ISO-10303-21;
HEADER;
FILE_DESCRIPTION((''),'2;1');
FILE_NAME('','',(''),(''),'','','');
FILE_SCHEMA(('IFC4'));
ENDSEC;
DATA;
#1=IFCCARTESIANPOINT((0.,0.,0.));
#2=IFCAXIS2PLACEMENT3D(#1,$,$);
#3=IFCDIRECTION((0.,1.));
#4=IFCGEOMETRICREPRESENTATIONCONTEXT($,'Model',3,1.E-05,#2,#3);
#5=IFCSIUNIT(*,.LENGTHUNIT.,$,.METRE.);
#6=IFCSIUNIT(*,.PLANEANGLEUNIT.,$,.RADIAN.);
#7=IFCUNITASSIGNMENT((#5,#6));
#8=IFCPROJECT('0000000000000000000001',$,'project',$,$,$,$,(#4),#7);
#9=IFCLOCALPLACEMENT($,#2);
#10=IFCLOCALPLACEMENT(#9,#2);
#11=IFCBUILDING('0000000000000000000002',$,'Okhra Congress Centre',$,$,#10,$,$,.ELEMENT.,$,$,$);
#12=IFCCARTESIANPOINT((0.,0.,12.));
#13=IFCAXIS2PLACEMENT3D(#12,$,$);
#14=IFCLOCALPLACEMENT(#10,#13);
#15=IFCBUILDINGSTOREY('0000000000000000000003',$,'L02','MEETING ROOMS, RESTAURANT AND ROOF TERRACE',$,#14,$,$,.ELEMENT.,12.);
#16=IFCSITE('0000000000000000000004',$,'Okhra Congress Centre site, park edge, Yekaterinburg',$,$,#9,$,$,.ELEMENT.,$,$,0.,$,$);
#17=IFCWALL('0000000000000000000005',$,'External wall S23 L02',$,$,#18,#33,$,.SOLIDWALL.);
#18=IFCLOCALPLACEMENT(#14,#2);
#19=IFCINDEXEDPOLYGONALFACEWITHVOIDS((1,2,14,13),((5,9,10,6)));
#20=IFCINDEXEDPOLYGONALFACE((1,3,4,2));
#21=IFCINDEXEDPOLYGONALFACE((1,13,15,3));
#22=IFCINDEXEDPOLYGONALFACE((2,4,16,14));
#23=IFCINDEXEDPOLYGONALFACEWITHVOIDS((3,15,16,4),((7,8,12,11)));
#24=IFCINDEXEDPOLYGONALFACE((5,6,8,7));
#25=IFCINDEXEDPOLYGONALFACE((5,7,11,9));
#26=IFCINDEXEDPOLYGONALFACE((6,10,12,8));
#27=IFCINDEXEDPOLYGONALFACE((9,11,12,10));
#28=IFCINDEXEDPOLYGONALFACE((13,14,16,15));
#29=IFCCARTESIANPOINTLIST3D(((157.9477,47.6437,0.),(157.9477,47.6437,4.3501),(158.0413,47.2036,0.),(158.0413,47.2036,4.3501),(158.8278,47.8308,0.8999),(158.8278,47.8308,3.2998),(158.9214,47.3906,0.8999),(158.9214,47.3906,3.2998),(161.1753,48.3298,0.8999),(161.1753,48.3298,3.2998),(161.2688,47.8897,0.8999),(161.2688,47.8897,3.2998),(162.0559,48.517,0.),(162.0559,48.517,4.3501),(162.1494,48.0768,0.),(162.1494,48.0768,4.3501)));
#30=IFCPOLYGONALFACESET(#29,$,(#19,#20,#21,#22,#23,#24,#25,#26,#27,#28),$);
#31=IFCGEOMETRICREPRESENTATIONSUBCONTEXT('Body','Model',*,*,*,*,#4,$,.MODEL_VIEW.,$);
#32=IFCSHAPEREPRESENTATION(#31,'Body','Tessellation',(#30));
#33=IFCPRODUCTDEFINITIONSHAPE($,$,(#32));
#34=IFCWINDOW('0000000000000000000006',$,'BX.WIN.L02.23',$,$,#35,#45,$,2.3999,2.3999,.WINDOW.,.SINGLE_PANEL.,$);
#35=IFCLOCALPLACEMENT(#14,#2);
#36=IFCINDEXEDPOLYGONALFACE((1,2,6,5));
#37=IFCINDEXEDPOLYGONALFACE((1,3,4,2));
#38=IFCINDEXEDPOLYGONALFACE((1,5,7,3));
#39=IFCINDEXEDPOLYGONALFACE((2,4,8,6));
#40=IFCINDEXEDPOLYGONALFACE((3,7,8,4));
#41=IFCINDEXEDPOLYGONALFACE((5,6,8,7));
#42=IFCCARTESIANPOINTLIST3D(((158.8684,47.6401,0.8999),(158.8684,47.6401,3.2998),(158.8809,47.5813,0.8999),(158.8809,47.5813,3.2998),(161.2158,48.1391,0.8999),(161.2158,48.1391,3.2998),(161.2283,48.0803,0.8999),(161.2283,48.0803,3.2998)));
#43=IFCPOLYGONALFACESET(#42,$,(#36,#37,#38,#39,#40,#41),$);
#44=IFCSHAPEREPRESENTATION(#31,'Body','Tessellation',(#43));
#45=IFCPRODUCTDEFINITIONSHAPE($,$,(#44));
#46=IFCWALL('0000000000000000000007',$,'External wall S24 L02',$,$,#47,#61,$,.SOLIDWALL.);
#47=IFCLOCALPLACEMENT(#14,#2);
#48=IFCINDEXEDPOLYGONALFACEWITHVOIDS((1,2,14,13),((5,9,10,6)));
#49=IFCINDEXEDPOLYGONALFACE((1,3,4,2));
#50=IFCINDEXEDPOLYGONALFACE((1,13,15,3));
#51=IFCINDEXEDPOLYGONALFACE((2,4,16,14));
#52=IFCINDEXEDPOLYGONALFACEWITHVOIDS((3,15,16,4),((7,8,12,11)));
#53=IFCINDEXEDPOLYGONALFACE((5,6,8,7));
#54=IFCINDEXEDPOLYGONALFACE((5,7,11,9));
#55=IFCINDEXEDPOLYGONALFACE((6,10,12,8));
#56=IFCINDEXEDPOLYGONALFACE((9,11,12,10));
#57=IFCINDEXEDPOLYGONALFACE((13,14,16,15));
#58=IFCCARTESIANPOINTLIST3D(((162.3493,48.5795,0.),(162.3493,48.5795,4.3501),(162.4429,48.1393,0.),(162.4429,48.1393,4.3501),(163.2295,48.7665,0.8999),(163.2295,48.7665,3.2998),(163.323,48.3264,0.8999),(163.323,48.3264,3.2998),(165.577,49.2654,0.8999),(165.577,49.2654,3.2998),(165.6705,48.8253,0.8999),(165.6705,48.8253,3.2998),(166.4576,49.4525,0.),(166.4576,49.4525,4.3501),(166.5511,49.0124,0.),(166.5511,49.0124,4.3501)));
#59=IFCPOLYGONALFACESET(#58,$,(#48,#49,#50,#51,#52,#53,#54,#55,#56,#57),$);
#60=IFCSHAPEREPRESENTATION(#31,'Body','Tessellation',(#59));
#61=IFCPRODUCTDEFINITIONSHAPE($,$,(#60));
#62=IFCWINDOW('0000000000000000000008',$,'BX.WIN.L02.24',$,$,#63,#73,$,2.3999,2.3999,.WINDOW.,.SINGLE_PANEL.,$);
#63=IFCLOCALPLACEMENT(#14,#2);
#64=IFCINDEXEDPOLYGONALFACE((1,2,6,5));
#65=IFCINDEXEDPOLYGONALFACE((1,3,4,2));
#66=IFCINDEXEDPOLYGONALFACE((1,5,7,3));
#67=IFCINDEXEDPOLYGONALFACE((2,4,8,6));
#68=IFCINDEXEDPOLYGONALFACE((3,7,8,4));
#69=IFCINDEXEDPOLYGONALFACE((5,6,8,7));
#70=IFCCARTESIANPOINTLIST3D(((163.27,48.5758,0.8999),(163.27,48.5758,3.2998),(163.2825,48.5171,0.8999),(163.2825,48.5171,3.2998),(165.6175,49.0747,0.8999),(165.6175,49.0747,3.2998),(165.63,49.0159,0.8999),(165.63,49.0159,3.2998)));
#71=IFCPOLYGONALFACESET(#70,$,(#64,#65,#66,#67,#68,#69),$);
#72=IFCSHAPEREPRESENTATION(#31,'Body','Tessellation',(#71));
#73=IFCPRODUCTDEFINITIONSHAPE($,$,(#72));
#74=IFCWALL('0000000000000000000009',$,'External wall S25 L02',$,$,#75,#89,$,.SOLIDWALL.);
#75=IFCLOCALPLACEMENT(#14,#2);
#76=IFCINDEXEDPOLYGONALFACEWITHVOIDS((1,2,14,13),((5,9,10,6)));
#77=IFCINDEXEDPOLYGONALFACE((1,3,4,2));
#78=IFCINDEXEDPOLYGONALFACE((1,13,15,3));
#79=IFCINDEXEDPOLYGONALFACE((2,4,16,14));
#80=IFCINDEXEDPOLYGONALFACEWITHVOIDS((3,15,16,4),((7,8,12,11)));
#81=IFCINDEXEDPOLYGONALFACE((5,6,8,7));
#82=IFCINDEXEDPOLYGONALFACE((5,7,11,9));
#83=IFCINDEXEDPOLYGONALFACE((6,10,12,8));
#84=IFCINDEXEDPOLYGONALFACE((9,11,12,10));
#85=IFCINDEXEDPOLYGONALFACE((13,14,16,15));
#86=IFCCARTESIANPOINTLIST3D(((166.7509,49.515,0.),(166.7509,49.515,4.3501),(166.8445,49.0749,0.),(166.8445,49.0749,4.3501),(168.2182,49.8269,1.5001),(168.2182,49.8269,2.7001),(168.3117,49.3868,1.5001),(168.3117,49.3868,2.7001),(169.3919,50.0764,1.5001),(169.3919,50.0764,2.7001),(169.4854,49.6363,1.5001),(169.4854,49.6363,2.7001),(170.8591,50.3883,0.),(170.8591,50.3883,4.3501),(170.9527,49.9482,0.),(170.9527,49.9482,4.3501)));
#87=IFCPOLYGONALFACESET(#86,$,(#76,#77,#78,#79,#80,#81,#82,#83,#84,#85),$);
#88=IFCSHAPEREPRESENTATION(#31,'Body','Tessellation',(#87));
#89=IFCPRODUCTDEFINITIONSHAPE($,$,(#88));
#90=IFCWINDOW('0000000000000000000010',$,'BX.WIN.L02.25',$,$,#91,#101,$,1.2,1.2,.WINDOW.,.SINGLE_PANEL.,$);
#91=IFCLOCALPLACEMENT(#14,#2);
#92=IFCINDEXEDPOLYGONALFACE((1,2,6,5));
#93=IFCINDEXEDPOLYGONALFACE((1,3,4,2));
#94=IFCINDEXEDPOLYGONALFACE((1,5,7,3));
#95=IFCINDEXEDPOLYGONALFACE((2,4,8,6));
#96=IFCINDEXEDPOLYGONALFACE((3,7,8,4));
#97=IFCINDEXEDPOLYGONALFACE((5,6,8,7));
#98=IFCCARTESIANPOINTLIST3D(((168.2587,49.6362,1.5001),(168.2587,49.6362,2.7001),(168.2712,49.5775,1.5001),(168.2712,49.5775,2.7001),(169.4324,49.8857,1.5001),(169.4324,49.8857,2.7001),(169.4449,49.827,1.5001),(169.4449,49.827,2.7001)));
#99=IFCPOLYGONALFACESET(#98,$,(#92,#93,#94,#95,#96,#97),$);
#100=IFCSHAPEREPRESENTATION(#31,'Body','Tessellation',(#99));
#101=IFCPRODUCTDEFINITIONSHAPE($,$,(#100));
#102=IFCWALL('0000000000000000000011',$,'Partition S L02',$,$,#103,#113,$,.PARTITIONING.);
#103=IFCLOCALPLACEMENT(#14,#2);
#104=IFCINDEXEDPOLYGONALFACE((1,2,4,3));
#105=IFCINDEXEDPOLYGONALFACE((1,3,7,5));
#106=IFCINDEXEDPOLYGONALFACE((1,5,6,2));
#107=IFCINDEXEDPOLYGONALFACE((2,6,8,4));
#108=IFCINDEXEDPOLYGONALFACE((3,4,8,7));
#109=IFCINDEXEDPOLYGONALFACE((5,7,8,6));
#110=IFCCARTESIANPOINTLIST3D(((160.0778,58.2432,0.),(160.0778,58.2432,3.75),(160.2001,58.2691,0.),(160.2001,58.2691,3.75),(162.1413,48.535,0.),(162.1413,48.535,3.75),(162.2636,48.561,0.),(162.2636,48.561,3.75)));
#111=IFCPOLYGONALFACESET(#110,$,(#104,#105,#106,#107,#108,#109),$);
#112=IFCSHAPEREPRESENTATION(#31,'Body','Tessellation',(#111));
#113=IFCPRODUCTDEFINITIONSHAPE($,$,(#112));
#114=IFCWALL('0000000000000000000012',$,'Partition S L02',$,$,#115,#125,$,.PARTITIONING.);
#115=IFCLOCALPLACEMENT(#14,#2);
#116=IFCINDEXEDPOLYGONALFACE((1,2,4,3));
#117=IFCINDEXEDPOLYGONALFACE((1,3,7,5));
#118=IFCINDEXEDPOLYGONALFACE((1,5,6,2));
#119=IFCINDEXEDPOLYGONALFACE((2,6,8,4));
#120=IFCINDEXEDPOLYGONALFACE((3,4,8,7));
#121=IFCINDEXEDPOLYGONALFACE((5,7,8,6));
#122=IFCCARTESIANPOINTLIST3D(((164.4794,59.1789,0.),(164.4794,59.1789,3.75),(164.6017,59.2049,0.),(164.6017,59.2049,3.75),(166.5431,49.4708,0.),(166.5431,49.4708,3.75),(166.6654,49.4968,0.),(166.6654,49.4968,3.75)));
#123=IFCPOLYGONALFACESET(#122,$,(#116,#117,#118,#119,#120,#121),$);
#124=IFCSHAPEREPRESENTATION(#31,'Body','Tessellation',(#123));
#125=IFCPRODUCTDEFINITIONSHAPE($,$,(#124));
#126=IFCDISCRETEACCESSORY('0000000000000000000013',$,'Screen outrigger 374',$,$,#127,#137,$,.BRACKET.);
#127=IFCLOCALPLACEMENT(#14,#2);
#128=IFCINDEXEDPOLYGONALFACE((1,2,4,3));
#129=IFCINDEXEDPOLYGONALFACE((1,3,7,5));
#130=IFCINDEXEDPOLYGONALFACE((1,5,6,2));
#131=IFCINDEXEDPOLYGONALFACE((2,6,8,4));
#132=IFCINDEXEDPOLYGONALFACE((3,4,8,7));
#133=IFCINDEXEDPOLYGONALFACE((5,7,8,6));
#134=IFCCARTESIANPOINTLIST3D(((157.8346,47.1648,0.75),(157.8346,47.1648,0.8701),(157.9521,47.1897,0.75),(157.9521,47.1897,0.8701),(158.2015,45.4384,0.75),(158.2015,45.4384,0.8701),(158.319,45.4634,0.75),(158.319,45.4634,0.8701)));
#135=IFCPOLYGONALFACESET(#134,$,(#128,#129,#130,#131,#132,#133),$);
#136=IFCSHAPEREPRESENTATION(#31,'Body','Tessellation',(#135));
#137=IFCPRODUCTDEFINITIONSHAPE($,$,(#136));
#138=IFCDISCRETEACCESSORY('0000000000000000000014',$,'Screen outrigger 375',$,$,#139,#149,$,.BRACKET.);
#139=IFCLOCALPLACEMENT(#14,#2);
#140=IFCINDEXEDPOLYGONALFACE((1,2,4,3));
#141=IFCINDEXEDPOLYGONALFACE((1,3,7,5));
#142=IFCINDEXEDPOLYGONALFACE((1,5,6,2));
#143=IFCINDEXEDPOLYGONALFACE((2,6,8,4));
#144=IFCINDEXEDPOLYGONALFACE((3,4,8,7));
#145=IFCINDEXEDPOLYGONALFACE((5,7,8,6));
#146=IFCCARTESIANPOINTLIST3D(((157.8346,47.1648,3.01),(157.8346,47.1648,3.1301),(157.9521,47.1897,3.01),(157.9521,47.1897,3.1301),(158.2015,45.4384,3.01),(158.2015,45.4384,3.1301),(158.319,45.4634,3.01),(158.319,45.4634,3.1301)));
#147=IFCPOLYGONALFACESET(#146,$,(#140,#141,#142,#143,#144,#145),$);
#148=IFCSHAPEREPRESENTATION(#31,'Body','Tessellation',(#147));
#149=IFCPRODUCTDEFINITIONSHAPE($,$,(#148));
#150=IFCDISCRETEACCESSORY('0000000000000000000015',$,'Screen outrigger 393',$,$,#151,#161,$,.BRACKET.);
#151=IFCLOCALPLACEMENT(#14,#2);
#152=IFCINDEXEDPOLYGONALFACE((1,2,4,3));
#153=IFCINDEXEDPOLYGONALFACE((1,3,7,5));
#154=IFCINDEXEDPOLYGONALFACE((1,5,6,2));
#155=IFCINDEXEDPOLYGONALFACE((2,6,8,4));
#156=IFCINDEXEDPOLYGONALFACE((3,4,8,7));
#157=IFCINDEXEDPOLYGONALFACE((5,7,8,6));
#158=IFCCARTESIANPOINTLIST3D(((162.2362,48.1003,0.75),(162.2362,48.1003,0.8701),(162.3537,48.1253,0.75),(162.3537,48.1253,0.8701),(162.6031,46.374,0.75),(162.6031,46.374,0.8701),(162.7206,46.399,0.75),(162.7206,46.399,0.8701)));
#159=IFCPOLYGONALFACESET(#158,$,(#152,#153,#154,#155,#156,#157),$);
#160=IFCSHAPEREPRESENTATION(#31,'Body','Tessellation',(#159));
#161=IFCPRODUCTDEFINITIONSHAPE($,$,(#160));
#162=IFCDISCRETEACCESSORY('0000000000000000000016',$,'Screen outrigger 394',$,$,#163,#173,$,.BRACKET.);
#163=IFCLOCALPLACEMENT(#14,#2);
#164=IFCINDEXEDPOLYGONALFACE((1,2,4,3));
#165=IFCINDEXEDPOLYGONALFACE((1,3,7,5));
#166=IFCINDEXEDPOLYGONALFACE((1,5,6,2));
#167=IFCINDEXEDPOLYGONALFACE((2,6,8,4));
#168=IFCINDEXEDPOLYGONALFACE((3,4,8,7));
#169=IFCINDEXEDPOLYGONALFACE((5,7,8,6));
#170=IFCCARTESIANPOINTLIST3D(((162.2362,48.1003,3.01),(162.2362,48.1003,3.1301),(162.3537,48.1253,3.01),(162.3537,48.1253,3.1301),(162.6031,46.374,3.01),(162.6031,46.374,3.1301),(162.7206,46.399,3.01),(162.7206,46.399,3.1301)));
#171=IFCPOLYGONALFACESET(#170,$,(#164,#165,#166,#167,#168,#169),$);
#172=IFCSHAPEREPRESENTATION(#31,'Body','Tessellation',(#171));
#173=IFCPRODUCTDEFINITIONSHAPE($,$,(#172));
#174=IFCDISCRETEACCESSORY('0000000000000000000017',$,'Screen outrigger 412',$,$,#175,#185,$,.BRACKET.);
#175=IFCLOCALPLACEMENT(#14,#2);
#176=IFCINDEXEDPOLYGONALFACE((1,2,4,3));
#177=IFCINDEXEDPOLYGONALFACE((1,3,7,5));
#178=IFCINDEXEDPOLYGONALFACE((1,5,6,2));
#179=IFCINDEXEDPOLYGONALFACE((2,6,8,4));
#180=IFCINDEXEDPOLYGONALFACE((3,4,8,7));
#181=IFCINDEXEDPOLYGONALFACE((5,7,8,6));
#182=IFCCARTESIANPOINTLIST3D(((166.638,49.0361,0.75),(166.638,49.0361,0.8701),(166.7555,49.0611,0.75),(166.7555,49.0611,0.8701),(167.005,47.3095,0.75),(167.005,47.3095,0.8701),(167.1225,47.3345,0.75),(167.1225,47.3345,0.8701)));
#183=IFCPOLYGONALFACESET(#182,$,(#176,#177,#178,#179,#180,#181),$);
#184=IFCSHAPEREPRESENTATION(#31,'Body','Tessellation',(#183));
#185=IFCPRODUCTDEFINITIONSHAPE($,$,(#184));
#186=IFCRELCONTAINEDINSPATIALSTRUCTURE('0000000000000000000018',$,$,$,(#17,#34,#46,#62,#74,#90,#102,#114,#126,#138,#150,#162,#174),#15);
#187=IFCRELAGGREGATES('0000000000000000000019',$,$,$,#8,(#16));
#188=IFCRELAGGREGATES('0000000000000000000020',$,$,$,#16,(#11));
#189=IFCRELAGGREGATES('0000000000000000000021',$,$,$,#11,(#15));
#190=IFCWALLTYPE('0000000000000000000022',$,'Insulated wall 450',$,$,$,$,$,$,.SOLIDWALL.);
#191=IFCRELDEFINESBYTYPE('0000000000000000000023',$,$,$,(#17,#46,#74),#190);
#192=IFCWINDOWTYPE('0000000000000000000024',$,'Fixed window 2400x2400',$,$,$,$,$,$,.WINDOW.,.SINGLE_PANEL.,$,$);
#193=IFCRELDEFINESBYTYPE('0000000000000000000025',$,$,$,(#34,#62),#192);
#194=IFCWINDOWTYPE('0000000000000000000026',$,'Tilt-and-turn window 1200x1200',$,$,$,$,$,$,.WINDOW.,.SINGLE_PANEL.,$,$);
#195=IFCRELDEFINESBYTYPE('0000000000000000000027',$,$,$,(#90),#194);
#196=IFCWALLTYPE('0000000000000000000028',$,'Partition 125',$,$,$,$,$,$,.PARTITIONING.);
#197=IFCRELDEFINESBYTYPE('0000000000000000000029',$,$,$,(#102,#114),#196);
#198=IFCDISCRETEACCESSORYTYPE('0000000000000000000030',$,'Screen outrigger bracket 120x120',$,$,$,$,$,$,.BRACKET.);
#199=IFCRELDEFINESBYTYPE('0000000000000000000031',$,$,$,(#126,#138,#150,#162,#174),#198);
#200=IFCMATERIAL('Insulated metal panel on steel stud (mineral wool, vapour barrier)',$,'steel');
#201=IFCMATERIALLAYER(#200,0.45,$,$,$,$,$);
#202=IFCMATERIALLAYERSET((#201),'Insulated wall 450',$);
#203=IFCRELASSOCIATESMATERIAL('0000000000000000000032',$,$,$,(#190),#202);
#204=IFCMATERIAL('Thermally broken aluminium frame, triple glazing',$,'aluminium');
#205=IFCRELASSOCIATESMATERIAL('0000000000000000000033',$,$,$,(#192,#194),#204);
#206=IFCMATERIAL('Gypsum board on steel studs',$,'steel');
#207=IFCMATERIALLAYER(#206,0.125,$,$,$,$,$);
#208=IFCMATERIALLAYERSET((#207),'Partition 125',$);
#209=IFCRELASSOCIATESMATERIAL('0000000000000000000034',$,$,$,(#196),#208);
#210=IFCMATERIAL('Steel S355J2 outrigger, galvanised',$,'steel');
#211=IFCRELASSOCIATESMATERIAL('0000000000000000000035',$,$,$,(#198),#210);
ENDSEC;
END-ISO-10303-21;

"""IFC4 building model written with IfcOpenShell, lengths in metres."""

from ifc_helpers import new_model, si_unit, direction, frame, frame_2d, origin, origin_2d, place, context, subcontext, project, spatial, rectangle, extrude, material, layer, layer_set, material_profile, profile_set, type_object, element, fill, save


model = new_model("IFC4")

# Units and contexts
model_context = context("Model", 3, precision=1e-05, world=origin(), true_north=direction((0.0, 1.0)))
body_context = subcontext(model_context, "Body", "Model", "MODEL_VIEW")
ifc_project = project(units=[si_unit("LENGTHUNIT", "METRE"), si_unit("PLANEANGLEUNIT", "RADIAN")], contexts=[model_context])

# Site, building, storey
site_placement = place(None, origin())
site = spatial("IfcSite", under=ifc_project, at=site_placement, Name="Okhra Congress Centre site, park edge, Yekaterinburg", CompositionType="ELEMENT", RefElevation=0.0)
building_placement = place(site_placement, origin())
building = spatial("IfcBuilding", under=site, at=building_placement, Name="Okhra Congress Centre", CompositionType="ELEMENT")
storey_placement = place(building_placement, frame((0.0, 0.0, 12.0)))
storey = spatial("IfcBuildingStorey", under=building, at=storey_placement, Name="L02", Description="MEETING ROOMS, RESTAURANT AND ROOF TERRACE", CompositionType="ELEMENT", Elevation=12.0)

# Walls, openings, windows
ifc_material_1 = material(Name="Insulated metal panel on steel stud (mineral wool, vapour barrier)", Category="steel")
ifc_layer_1 = layer(ifc_material_1, 0.45)
ifc_layer_set_1 = layer_set([ifc_layer_1], Name="Insulated wall 450")
wall_type_1 = type_object("IfcWallType", Name="Insulated wall 450", PredefinedType="SOLIDWALL", material=ifc_layer_set_1)
ifc_material_2 = material(Name="Thermally broken aluminium frame, triple glazing", Category="aluminium")
window_type_1 = type_object("IfcWindowType", Name="Fixed window 2400x2400", PartitioningType="SINGLE_PANEL", PredefinedType="WINDOW", material=ifc_material_2)
wall_1_placement = place(storey_placement, frame((157.9944, 47.4236, 0.0), z_axis=(0.0, 0.0, 1.0), x_axis=(0.978144, 0.207929, 0.0)))
wall_1 = element("IfcWall", 1, at=wall_1_placement, inside=storey, type_object=wall_type_1, Name="External wall S23 L02", PredefinedType="SOLIDWALL", context=body_context, shape_type="SweptSolid", body=[
    extrude(rectangle(XDim=4.2, YDim=0.45, at=frame_2d((2.1001, 0.0))), origin(), (0.0, 0.0, 1.0), 4.3501),
])
opening_1_placement = place(wall_1_placement, frame((0.8999, 0.0, 0.8999)))
opening_1 = element("IfcOpeningElement", 2, at=opening_1_placement, cuts=wall_1, PredefinedType="OPENING", context=body_context, shape_type="SweptSolid", body=[
    extrude(rectangle(XDim=2.3999, YDim=2.3999, at=frame_2d((1.2, 1.2))), frame((0.0, 0.2349, 0.0), z_axis=(0.0, -1.0, 0.0), x_axis=(1.0, 0.0, 0.0)), (0.0, 0.0, 1.0), 0.47),
])
window_1_placement = place(opening_1_placement, origin())
window_1 = element("IfcWindow", 3, at=window_1_placement, inside=storey, type_object=window_type_1, Name="BX.WIN.L02.23", OverallHeight=2.3999, OverallWidth=2.3999, PartitioningType="SINGLE_PANEL", PredefinedType="WINDOW", context=body_context, shape_type="SweptSolid", body=[
    extrude(rectangle(XDim=2.3999, YDim=2.3999, at=frame_2d((1.2, 1.2))), frame((0.0, 0.03, 0.0), z_axis=(0.0, -1.0, 0.0), x_axis=(1.0, 0.0, 0.0)), (0.0, 0.0, 1.0), 0.0601),
])
fill(opening_1, window_1)
wall_2_placement = place(storey_placement, frame((162.396, 48.3594, 0.0), z_axis=(0.0, 0.0, 1.0), x_axis=(0.978156, 0.207873, 0.0)))
wall_2 = element("IfcWall", 4, at=wall_2_placement, inside=storey, type_object=wall_type_1, Name="External wall S24 L02", PredefinedType="SOLIDWALL", context=body_context, shape_type="SweptSolid", body=[
    extrude(rectangle(XDim=4.2, YDim=0.45, at=frame_2d((2.1001, 0.0))), origin(), (0.0, 0.0, 1.0), 4.3501),
])
opening_2_placement = place(wall_2_placement, frame((0.8999, 0.0, 0.8999)))
opening_2 = element("IfcOpeningElement", 5, at=opening_2_placement, cuts=wall_2, PredefinedType="OPENING", context=body_context, shape_type="SweptSolid", body=[
    extrude(rectangle(XDim=2.3999, YDim=2.3999, at=frame_2d((1.2, 1.2))), frame((0.0, 0.2349, 0.0), z_axis=(0.0, -1.0, 0.0), x_axis=(1.0, 0.0, 0.0)), (0.0, 0.0, 1.0), 0.47),
])
window_2_placement = place(opening_2_placement, origin())
window_2 = element("IfcWindow", 6, at=window_2_placement, inside=storey, type_object=window_type_1, Name="BX.WIN.L02.24", OverallHeight=2.3999, OverallWidth=2.3999, PartitioningType="SINGLE_PANEL", PredefinedType="WINDOW", context=body_context, shape_type="SweptSolid", body=[
    extrude(rectangle(XDim=2.3999, YDim=2.3999, at=frame_2d((1.2, 1.2))), frame((0.0, 0.03, 0.0), z_axis=(0.0, -1.0, 0.0), x_axis=(1.0, 0.0, 0.0)), (0.0, 0.0, 1.0), 0.0601),
])
fill(opening_2, window_2)
wall_3_placement = place(storey_placement, frame((166.7976, 49.2949, 0.0), z_axis=(0.0, 0.0, 1.0), x_axis=(0.978144, 0.207929, 0.0)))
wall_3 = element("IfcWall", 7, at=wall_3_placement, inside=storey, type_object=wall_type_1, Name="External wall S25 L02", PredefinedType="SOLIDWALL", context=body_context, shape_type="SweptSolid", body=[
    extrude(rectangle(XDim=4.2, YDim=0.45, at=frame_2d((2.1001, 0.0))), origin(), (0.0, 0.0, 1.0), 4.3501),
])
opening_3_placement = place(wall_3_placement, frame((1.5, 0.0, 1.5)))
opening_3 = element("IfcOpeningElement", 8, at=opening_3_placement, cuts=wall_3, PredefinedType="OPENING", context=body_context, shape_type="SweptSolid", body=[
    extrude(rectangle(XDim=1.2, YDim=1.2, at=frame_2d((0.6001, 0.6001))), frame((0.0, 0.2349, 0.0), z_axis=(0.0, -1.0, 0.0), x_axis=(1.0, 0.0, 0.0)), (0.0, 0.0, 1.0), 0.47),
])
window_type_2 = type_object("IfcWindowType", Name="Tilt-and-turn window 1200x1200", PartitioningType="SINGLE_PANEL", PredefinedType="WINDOW", material=ifc_material_2)
window_3_placement = place(opening_3_placement, origin())
window_3 = element("IfcWindow", 9, at=window_3_placement, inside=storey, type_object=window_type_2, Name="BX.WIN.L02.25", OverallHeight=1.2, OverallWidth=1.2, PartitioningType="SINGLE_PANEL", PredefinedType="WINDOW", context=body_context, shape_type="SweptSolid", body=[
    extrude(rectangle(XDim=1.2, YDim=1.2, at=frame_2d((0.6001, 0.6001))), frame((0.0, 0.03, 0.0), z_axis=(0.0, -1.0, 0.0), x_axis=(1.0, 0.0, 0.0)), (0.0, 0.0, 1.0), 0.0601),
])
fill(opening_3, window_3)

# Walls
ifc_material_3 = material(Name="Gypsum board on steel studs", Category="steel")
ifc_layer_2 = layer(ifc_material_3, 0.125)
ifc_layer_set_2 = layer_set([ifc_layer_2], Name="Partition 125")
wall_type_2 = type_object("IfcWallType", Name="Partition 125", PredefinedType="PARTITIONING", material=ifc_layer_set_2)
for number, where, z_axis, x_axis, name in (
    (10, (162.2024, 48.5481, 0.0), (0.0, 0.0, 1.0), (-0.207904, 0.978149, 0.0), "Partition S L02"),
    (11, (166.6042, 49.4839, 0.0), (0.0, 0.0, 1.0), (-0.207933, 0.978143, 0.0), "Partition S L02"),
):
    element("IfcWall", number, at=place(storey_placement, frame(where, z_axis=z_axis, x_axis=x_axis)), inside=storey, type_object=wall_type_2, Name=name, PredefinedType="PARTITIONING", context=body_context, shape_type="SweptSolid", body=[
        extrude(rectangle(XDim=9.925, YDim=0.125, at=frame_2d((4.9624, 0.0))), origin(), (0.0, 0.0, 1.0), 3.75),
    ])

# Discrete accessories
ifc_material_4 = material(Name="Steel S355J2 outrigger, galvanised", Category="steel")
ifc_material_profile_1 = material_profile(ifc_material_4, rectangle(XDim=0.1201, YDim=0.1201, at=origin_2d()), Name="Screen outrigger bracket 120x120")
ifc_profile_set_1 = profile_set([ifc_material_profile_1], Name="Steel S355J2 outrigger, galvanised")
discrete_accessory_type = type_object("IfcDiscreteAccessoryType", Name="Screen outrigger bracket 120x120", PredefinedType="BRACKET", material=ifc_profile_set_1)
for number, where, z_axis, x_axis, name in (
    (12, (157.8933, 47.1772, 0.8101), (0.207913, -0.978147, 0.0), (0.978147, 0.207913, 0.0), "Screen outrigger 374"),
    (13, (157.8933, 47.1772, 3.0701), (0.207913, -0.978147, 0.0), (0.978147, 0.207913, 0.0), "Screen outrigger 375"),
    (14, (162.2949, 48.1128, 0.8101), (0.207913, -0.978147, 0.0), (0.978147, 0.207913, 0.0), "Screen outrigger 393"),
    (15, (162.2949, 48.1128, 3.0701), (0.207913, -0.978147, 0.0), (0.978147, 0.207913, 0.0), "Screen outrigger 394"),
):
    element("IfcDiscreteAccessory", number, at=place(storey_placement, frame(where, z_axis=z_axis, x_axis=x_axis)), inside=storey, type_object=discrete_accessory_type, Name=name, PredefinedType="BRACKET", context=body_context, shape_type="SweptSolid", body=[
        extrude(rectangle(XDim=0.1201, YDim=0.1201, at=origin_2d()), origin(), (0.0, 0.0, 1.0), 1.7649),
    ])
for number, where, z_axis, x_axis, name in (
    (16, (166.6968, 49.0486, 0.8101), (0.207885, -0.978153, 0.0), (0.978153, 0.207885, 0.0), "Screen outrigger 412"),
):
    element("IfcDiscreteAccessory", number, at=place(storey_placement, frame(where, z_axis=z_axis, x_axis=x_axis)), inside=storey, type_object=discrete_accessory_type, Name=name, PredefinedType="BRACKET", context=body_context, shape_type="SweptSolid", body=[
        extrude(rectangle(XDim=0.1201, YDim=0.1201, at=origin_2d()), origin(), (0.0, 0.0, 1.0), 1.7651),
    ])

save(model, "model.ifc")
